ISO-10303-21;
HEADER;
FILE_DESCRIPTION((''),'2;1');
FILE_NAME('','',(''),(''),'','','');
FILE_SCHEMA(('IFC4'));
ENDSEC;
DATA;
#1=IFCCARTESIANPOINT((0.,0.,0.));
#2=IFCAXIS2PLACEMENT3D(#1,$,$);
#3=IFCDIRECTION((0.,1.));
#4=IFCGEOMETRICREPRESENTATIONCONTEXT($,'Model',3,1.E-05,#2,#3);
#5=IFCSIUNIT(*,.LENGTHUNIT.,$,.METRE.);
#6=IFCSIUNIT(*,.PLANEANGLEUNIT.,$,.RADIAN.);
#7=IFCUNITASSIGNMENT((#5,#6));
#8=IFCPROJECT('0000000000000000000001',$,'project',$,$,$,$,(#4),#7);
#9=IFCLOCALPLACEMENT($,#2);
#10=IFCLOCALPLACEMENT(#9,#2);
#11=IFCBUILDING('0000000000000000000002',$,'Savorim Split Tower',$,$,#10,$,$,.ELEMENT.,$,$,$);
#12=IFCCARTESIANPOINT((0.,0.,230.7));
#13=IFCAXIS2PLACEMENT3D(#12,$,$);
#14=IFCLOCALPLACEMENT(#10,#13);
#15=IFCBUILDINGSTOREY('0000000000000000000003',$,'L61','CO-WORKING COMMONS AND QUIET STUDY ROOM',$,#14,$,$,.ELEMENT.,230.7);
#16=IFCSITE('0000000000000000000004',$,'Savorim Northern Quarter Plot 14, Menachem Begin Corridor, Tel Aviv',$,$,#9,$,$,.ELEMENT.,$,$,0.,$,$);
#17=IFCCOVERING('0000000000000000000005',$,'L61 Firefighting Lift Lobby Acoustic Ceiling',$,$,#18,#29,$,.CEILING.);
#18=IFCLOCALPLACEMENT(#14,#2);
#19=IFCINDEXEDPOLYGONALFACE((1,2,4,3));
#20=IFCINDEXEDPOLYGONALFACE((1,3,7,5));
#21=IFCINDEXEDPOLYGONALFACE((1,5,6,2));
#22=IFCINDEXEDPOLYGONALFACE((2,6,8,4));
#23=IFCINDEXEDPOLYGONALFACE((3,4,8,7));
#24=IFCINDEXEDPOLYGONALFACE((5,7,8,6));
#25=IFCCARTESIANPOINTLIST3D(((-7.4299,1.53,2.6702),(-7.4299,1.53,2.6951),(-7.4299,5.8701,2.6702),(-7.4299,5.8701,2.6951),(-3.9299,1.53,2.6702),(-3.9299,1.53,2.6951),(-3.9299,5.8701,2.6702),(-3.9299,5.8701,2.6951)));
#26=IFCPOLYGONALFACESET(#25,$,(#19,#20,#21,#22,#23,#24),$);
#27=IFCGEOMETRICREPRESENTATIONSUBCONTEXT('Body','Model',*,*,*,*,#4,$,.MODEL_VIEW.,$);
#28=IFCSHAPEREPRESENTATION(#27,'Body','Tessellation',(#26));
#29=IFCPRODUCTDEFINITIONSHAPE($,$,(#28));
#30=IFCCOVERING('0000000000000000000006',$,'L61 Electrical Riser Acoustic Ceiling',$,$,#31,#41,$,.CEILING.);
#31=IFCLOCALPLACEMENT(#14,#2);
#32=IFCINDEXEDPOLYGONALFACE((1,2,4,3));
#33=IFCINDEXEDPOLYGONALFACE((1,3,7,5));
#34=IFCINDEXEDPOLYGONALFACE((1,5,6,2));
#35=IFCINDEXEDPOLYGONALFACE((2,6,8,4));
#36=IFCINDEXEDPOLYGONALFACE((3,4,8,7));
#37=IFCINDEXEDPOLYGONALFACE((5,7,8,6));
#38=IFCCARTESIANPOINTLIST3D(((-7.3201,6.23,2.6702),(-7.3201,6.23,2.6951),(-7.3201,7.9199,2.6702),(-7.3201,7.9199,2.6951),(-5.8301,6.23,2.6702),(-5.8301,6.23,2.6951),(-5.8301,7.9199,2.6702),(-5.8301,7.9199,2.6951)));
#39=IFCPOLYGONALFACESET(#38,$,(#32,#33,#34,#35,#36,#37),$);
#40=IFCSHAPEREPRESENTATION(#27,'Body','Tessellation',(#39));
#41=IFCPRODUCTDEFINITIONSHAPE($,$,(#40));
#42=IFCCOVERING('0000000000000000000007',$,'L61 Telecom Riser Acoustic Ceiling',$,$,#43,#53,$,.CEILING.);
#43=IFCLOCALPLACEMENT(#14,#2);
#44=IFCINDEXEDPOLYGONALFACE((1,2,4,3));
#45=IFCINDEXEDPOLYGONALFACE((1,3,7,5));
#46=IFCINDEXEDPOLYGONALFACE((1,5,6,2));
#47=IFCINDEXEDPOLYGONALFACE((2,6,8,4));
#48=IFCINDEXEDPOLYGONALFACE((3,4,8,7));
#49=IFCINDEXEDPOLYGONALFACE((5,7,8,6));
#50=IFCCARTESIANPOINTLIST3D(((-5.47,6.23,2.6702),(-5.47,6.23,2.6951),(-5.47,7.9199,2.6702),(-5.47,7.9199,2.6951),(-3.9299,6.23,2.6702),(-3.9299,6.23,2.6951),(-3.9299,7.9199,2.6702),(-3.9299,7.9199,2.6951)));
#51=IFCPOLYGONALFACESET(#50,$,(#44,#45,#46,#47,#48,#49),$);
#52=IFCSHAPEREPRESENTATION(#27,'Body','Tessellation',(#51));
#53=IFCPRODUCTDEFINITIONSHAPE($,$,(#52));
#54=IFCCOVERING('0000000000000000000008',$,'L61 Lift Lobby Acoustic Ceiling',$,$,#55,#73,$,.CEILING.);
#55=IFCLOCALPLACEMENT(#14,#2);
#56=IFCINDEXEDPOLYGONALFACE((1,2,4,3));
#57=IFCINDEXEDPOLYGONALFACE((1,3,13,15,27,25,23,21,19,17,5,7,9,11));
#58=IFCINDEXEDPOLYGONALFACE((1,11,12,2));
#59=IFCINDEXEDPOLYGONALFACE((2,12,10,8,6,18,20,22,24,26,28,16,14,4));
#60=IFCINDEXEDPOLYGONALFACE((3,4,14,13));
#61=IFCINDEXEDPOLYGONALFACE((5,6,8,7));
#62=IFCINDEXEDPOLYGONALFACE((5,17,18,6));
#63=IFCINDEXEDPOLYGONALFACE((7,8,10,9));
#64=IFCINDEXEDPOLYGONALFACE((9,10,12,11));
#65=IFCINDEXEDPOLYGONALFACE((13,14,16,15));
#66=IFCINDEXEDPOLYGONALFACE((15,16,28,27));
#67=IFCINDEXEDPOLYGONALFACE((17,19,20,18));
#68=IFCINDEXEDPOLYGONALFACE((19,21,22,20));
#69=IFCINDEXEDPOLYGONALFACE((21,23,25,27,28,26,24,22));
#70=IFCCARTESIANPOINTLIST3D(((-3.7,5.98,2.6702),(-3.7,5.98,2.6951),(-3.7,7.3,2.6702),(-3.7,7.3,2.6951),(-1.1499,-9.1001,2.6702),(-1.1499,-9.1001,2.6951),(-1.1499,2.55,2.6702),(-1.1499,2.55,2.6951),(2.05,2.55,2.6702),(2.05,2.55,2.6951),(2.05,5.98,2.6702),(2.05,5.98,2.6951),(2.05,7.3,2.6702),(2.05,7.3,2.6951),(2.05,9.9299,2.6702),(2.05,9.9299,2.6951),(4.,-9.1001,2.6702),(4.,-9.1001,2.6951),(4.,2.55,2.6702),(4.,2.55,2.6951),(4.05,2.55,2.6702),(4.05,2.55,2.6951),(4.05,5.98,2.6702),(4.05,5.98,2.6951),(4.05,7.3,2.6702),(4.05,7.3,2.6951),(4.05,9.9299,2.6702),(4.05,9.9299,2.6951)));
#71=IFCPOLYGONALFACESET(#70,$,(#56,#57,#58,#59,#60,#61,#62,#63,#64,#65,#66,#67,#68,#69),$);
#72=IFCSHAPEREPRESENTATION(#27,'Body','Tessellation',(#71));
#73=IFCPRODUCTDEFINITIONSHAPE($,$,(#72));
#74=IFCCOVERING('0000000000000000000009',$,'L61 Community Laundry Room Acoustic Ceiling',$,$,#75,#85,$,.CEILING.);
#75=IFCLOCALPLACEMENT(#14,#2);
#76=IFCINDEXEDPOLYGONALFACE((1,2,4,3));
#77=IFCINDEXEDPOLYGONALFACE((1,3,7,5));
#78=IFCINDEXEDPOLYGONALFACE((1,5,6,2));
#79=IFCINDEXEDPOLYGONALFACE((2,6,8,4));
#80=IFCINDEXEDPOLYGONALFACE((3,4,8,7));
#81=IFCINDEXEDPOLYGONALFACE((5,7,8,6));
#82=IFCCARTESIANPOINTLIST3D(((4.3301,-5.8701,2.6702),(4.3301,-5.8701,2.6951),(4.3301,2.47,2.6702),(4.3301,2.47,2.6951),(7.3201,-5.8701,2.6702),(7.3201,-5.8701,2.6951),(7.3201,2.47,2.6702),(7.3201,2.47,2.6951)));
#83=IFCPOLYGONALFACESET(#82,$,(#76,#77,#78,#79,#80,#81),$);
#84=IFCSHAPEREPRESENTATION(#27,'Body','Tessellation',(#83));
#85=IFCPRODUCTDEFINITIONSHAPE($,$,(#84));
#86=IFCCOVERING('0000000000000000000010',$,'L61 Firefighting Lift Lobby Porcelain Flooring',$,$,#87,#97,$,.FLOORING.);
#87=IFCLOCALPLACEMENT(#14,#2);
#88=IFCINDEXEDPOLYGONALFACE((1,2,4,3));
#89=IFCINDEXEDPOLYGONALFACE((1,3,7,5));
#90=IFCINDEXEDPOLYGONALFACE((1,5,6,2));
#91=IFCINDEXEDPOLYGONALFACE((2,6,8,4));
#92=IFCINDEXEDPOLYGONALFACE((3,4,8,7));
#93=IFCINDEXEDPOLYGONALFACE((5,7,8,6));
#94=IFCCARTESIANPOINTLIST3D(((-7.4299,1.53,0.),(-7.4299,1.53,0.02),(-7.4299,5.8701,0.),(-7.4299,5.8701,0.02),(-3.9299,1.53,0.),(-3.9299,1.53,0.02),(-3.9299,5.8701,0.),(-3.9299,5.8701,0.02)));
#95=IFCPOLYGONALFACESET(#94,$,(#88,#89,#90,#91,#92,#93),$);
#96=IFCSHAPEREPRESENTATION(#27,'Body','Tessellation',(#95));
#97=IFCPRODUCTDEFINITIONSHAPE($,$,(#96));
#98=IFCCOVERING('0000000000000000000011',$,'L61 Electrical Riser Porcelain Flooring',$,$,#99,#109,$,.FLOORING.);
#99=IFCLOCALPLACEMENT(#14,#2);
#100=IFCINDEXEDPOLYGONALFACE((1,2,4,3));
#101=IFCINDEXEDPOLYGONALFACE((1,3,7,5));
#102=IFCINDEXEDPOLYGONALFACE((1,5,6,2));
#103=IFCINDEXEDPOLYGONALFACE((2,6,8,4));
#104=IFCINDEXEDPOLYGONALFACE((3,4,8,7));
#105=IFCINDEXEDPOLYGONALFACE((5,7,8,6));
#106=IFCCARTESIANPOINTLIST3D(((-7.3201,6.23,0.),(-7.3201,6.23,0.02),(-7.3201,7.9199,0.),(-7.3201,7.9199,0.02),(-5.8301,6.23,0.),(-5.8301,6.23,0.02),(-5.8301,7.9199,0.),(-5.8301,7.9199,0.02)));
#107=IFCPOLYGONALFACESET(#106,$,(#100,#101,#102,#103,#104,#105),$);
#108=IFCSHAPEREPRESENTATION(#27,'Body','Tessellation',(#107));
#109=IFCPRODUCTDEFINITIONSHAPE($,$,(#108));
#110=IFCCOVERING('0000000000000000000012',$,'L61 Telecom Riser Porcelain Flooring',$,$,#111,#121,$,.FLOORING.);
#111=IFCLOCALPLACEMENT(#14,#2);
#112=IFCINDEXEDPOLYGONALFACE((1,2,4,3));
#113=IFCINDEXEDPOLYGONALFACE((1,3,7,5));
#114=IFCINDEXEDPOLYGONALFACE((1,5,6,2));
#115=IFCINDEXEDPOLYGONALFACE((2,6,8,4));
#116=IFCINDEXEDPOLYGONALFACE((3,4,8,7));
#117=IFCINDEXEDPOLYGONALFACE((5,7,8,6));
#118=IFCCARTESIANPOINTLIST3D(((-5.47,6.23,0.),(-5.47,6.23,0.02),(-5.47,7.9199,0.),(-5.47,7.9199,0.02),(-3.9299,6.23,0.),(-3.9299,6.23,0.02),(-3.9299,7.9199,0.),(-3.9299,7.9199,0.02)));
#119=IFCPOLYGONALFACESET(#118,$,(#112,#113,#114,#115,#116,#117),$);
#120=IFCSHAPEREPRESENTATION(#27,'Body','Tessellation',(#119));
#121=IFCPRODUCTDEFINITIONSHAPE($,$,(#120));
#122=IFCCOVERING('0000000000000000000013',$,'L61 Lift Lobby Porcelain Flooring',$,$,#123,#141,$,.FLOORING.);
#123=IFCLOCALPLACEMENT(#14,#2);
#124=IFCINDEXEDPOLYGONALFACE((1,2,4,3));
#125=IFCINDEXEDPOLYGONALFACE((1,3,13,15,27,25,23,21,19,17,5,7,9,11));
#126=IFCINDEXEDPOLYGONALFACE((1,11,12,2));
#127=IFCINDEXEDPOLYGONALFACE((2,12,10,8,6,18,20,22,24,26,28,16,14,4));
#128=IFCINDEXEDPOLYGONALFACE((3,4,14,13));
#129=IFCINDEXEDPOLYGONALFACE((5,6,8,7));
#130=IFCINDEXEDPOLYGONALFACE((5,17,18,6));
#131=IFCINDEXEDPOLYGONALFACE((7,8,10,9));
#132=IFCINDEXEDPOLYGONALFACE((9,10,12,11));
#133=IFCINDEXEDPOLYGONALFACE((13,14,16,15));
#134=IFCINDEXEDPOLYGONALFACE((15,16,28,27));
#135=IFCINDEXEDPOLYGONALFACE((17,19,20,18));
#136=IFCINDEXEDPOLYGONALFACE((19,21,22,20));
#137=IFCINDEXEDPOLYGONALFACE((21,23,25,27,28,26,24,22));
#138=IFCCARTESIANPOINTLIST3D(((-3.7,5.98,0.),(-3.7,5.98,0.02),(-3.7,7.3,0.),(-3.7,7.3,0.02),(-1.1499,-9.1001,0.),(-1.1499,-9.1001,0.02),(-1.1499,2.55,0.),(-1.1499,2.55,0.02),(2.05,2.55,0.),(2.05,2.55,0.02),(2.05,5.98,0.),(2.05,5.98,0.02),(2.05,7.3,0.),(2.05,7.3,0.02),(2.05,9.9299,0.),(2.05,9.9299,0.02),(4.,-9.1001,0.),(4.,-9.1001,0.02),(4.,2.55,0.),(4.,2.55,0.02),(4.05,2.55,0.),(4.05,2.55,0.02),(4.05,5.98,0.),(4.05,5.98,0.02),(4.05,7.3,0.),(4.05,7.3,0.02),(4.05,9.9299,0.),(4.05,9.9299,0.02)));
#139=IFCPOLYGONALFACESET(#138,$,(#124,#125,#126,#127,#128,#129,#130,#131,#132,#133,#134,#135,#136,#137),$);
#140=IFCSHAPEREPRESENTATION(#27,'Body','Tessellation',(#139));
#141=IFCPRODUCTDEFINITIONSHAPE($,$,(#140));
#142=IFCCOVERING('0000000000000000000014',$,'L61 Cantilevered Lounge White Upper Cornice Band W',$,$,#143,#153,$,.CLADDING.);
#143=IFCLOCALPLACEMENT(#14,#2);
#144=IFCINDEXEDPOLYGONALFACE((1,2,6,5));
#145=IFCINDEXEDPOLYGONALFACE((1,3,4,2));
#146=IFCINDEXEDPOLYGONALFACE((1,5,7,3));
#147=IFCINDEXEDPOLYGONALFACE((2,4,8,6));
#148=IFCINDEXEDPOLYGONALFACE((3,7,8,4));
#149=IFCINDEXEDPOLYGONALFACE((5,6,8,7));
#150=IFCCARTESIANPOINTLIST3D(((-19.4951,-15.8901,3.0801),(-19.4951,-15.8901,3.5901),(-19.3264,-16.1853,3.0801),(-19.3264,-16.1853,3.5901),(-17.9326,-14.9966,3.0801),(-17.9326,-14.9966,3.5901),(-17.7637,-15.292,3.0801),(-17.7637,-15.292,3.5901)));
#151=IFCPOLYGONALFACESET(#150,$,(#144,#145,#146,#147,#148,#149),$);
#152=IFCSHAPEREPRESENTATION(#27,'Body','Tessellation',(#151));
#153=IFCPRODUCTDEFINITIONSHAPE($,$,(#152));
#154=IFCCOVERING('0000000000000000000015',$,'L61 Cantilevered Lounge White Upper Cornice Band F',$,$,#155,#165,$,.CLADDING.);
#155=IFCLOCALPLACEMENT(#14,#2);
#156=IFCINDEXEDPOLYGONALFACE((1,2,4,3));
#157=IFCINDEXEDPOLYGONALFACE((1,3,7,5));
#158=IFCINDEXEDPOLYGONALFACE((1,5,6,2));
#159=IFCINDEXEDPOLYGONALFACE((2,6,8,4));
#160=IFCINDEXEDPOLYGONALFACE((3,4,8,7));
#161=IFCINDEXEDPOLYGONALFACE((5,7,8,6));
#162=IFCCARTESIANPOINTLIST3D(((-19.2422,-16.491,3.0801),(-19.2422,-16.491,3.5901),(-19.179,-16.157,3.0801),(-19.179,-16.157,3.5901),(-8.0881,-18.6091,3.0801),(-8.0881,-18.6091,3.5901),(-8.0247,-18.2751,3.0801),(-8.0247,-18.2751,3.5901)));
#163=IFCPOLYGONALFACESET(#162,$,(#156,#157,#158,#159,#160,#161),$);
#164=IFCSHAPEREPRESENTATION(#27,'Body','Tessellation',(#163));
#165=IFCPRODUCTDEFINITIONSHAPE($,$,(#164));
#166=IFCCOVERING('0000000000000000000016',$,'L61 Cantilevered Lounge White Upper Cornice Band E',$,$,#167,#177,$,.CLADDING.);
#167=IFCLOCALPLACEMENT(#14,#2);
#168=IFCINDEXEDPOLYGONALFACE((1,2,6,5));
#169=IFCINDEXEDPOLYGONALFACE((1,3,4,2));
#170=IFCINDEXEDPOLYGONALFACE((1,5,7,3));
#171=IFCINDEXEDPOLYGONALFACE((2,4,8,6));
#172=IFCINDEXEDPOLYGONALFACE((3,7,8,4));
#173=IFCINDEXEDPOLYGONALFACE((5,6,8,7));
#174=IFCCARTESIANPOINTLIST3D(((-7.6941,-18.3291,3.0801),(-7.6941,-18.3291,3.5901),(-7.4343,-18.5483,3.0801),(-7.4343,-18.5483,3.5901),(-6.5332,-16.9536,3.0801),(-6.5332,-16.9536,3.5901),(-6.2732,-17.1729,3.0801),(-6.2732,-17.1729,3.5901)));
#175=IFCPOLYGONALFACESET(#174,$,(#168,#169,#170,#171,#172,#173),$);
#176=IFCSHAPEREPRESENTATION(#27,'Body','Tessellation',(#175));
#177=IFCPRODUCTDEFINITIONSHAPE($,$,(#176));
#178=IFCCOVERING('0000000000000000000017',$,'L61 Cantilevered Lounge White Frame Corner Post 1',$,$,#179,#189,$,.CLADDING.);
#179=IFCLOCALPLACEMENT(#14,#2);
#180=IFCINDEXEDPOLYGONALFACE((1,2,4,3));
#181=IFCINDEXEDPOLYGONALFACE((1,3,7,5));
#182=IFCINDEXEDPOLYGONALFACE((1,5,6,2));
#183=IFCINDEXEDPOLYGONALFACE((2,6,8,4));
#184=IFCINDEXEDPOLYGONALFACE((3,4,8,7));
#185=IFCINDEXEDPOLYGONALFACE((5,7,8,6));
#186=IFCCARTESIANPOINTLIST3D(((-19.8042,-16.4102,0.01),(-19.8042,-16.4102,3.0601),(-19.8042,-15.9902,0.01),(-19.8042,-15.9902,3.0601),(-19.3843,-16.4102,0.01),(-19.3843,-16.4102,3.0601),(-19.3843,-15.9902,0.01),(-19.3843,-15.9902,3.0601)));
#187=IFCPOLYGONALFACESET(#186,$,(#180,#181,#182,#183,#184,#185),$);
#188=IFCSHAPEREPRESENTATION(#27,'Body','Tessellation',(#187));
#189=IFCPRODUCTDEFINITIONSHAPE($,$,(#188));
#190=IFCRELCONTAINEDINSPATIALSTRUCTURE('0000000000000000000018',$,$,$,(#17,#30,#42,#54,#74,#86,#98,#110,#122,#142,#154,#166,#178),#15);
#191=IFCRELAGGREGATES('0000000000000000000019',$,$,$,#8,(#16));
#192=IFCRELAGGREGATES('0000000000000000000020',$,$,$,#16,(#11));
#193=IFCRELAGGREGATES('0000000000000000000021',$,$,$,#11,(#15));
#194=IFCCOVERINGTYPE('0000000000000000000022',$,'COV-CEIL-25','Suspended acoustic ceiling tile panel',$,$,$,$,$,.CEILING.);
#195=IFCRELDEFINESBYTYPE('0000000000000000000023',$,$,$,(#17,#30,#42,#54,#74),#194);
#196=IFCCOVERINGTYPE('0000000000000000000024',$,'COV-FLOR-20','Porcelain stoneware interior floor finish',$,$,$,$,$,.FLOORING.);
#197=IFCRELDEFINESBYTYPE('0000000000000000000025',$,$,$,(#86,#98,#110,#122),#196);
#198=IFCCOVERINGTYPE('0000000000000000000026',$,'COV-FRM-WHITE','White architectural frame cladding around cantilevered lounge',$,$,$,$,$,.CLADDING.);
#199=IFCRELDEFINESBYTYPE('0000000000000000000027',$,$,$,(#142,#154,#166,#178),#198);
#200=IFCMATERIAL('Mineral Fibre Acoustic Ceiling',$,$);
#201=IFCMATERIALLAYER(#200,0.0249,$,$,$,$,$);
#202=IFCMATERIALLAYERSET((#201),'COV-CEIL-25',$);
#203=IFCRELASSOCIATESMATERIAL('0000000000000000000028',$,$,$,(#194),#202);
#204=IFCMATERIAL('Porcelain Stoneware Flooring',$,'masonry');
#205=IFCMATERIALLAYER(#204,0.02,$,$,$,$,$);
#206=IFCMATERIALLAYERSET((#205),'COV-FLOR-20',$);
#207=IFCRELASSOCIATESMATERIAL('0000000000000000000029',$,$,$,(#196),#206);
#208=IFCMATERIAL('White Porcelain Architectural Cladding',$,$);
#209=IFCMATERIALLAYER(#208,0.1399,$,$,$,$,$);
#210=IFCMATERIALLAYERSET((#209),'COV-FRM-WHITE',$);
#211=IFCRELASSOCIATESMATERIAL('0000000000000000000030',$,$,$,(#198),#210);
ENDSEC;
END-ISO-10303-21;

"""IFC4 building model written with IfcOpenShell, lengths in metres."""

from ifc_helpers import new_model, si_unit, direction, frame, origin, place, context, subcontext, project, spatial, polyline, outline, extrude, material, layer, layer_set, type_object, element, save


model = new_model("IFC4")

# Units and contexts
model_context = context("Model", 3, precision=1e-05, world=origin(), true_north=direction((0.0, 1.0)))
body_context = subcontext(model_context, "Body", "Model", "MODEL_VIEW")
ifc_project = project(units=[si_unit("LENGTHUNIT", "METRE"), si_unit("PLANEANGLEUNIT", "RADIAN")], contexts=[model_context])

# Site, building, storey
site_placement = place(None, origin())
site = spatial("IfcSite", under=ifc_project, at=site_placement, Name="Savorim Northern Quarter Plot 14, Menachem Begin Corridor, Tel Aviv", CompositionType="ELEMENT", RefElevation=0.0)
building_placement = place(site_placement, origin())
building = spatial("IfcBuilding", under=site, at=building_placement, Name="Savorim Split Tower", CompositionType="ELEMENT")
storey_placement = place(building_placement, frame((0.0, 0.0, 230.7)))
storey = spatial("IfcBuildingStorey", under=building, at=storey_placement, Name="L61", Description="CO-WORKING COMMONS AND QUIET STUDY ROOM", CompositionType="ELEMENT", Elevation=230.7)

# Coverings
ifc_material_1 = material(Name="Mineral Fibre Acoustic Ceiling")
ifc_layer_1 = layer(ifc_material_1, 0.0249)
ifc_layer_set_1 = layer_set([ifc_layer_1], Name="COV-CEIL-25")
covering_type_1 = type_object("IfcCoveringType", Name="COV-CEIL-25", Description="Suspended acoustic ceiling tile panel", PredefinedType="CEILING", material=ifc_layer_set_1)
covering_1_placement = place(storey_placement, frame((0.0, 0.0, 2.6702)))
element("IfcCovering", 1, at=covering_1_placement, inside=storey, type_object=covering_type_1, Name="L61 Firefighting Lift Lobby Acoustic Ceiling", PredefinedType="CEILING", context=body_context, shape_type="SweptSolid", body=[
    extrude(outline(polyline([(-7.4299, 5.8701), (-7.4299, 1.53), (-3.9299, 1.53), (-3.9299, 5.8701), (-7.4299, 5.8701)])), origin(), (0.0, 0.0, 1.0), 0.0249),
])
covering_2_placement = place(storey_placement, frame((0.0, 0.0, 2.6702)))
element("IfcCovering", 2, at=covering_2_placement, inside=storey, type_object=covering_type_1, Name="L61 Electrical Riser Acoustic Ceiling", PredefinedType="CEILING", context=body_context, shape_type="SweptSolid", body=[
    extrude(outline(polyline([(-7.3201, 7.9199), (-7.3201, 6.23), (-5.8301, 6.23), (-5.8301, 7.9199), (-7.3201, 7.9199)])), origin(), (0.0, 0.0, 1.0), 0.0249),
])
covering_3_placement = place(storey_placement, frame((0.0, 0.0, 2.6702)))
element("IfcCovering", 3, at=covering_3_placement, inside=storey, type_object=covering_type_1, Name="L61 Telecom Riser Acoustic Ceiling", PredefinedType="CEILING", context=body_context, shape_type="SweptSolid", body=[
    extrude(outline(polyline([(-5.47, 7.9199), (-5.47, 6.23), (-3.9299, 6.23), (-3.9299, 7.9199), (-5.47, 7.9199)])), origin(), (0.0, 0.0, 1.0), 0.0249),
])
covering_4_placement = place(storey_placement, frame((0.0, 0.0, 2.6702)))
element("IfcCovering", 4, at=covering_4_placement, inside=storey, type_object=covering_type_1, Name="L61 Lift Lobby Acoustic Ceiling", PredefinedType="CEILING", context=body_context, shape_type="SweptSolid", body=[
    extrude(outline(polyline([(2.05, 2.55), (-1.1499, 2.55), (-1.1499, -9.1001), (4.0, -9.1001), (4.0, 2.55), (4.05, 2.55), (4.05, 5.98), (4.05, 7.3), (4.05, 9.9299), (2.05, 9.9299), (2.05, 7.3), (-3.7, 7.3), (-3.7, 5.98), (2.05, 5.98), (2.05, 2.55)])), origin(), (0.0, 0.0, 1.0), 0.0249),
])
covering_5_placement = place(storey_placement, frame((0.0, 0.0, 2.6702)))
element("IfcCovering", 5, at=covering_5_placement, inside=storey, type_object=covering_type_1, Name="L61 Community Laundry Room Acoustic Ceiling", PredefinedType="CEILING", context=body_context, shape_type="SweptSolid", body=[
    extrude(outline(polyline([(4.3301, 2.47), (4.3301, -5.8701), (7.3201, -5.8701), (7.3201, 2.47), (4.3301, 2.47)])), origin(), (0.0, 0.0, 1.0), 0.0249),
])
ifc_material_2 = material(Name="Porcelain Stoneware Flooring", Category="masonry")
ifc_layer_2 = layer(ifc_material_2, 0.02)
ifc_layer_set_2 = layer_set([ifc_layer_2], Name="COV-FLOR-20")
covering_type_2 = type_object("IfcCoveringType", Name="COV-FLOR-20", Description="Porcelain stoneware interior floor finish", PredefinedType="FLOORING", material=ifc_layer_set_2)
covering_6_placement = place(storey_placement, origin())
element("IfcCovering", 6, at=covering_6_placement, inside=storey, type_object=covering_type_2, Name="L61 Firefighting Lift Lobby Porcelain Flooring", PredefinedType="FLOORING", context=body_context, shape_type="SweptSolid", body=[
    extrude(outline(polyline([(-7.4299, 5.8701), (-7.4299, 1.53), (-3.9299, 1.53), (-3.9299, 5.8701), (-7.4299, 5.8701)])), origin(), (0.0, 0.0, 1.0), 0.02),
])
covering_7_placement = place(storey_placement, origin())
element("IfcCovering", 7, at=covering_7_placement, inside=storey, type_object=covering_type_2, Name="L61 Electrical Riser Porcelain Flooring", PredefinedType="FLOORING", context=body_context, shape_type="SweptSolid", body=[
    extrude(outline(polyline([(-7.3201, 7.9199), (-7.3201, 6.23), (-5.8301, 6.23), (-5.8301, 7.9199), (-7.3201, 7.9199)])), origin(), (0.0, 0.0, 1.0), 0.02),
])
covering_8_placement = place(storey_placement, origin())
element("IfcCovering", 8, at=covering_8_placement, inside=storey, type_object=covering_type_2, Name="L61 Telecom Riser Porcelain Flooring", PredefinedType="FLOORING", context=body_context, shape_type="SweptSolid", body=[
    extrude(outline(polyline([(-5.47, 7.9199), (-5.47, 6.23), (-3.9299, 6.23), (-3.9299, 7.9199), (-5.47, 7.9199)])), origin(), (0.0, 0.0, 1.0), 0.02),
])
covering_9_placement = place(storey_placement, origin())
element("IfcCovering", 9, at=covering_9_placement, inside=storey, type_object=covering_type_2, Name="L61 Lift Lobby Porcelain Flooring", PredefinedType="FLOORING", context=body_context, shape_type="SweptSolid", body=[
    extrude(outline(polyline([(2.05, 2.55), (-1.1499, 2.55), (-1.1499, -9.1001), (4.0, -9.1001), (4.0, 2.55), (4.05, 2.55), (4.05, 5.98), (4.05, 7.3), (4.05, 9.9299), (2.05, 9.9299), (2.05, 7.3), (-3.7, 7.3), (-3.7, 5.98), (2.05, 5.98), (2.05, 2.55)])), origin(), (0.0, 0.0, 1.0), 0.02),
])
ifc_material_3 = material(Name="White Porcelain Architectural Cladding")
ifc_layer_3 = layer(ifc_material_3, 0.1399)
ifc_layer_set_3 = layer_set([ifc_layer_3], Name="COV-FRM-WHITE")
covering_type_3 = type_object("IfcCoveringType", Name="COV-FRM-WHITE", Description="White architectural frame cladding around cantilevered lounge", PredefinedType="CLADDING", material=ifc_layer_set_3)
covering_10_placement = place(storey_placement, frame((0.0, 0.0, 3.0801)))
element("IfcCovering", 10, at=covering_10_placement, inside=storey, type_object=covering_type_3, Name="L61 Cantilevered Lounge White Upper Cornice Band W", PredefinedType="CLADDING", context=body_context, shape_type="SweptSolid", body=[
    extrude(outline(polyline([(-17.9326, -14.9966), (-19.4951, -15.8901), (-19.3264, -16.1853), (-17.7637, -15.292), (-17.9326, -14.9966)])), origin(), (0.0, 0.0, 1.0), 0.51),
])
covering_11_placement = place(storey_placement, frame((0.0, 0.0, 3.0801)))
element("IfcCovering", 11, at=covering_11_placement, inside=storey, type_object=covering_type_3, Name="L61 Cantilevered Lounge White Upper Cornice Band F", PredefinedType="CLADDING", context=body_context, shape_type="SweptSolid", body=[
    extrude(outline(polyline([(-19.2422, -16.491), (-8.0881, -18.6091), (-8.0247, -18.2751), (-19.179, -16.157), (-19.2422, -16.491)])), origin(), (0.0, 0.0, 1.0), 0.51),
])
covering_12_placement = place(storey_placement, frame((0.0, 0.0, 3.0801)))
element("IfcCovering", 12, at=covering_12_placement, inside=storey, type_object=covering_type_3, Name="L61 Cantilevered Lounge White Upper Cornice Band E", PredefinedType="CLADDING", context=body_context, shape_type="SweptSolid", body=[
    extrude(outline(polyline([(-7.4343, -18.5483), (-6.2732, -17.1729), (-6.5332, -16.9536), (-7.6941, -18.3291), (-7.4343, -18.5483)])), origin(), (0.0, 0.0, 1.0), 0.51),
])
covering_13_placement = place(storey_placement, frame((0.0, 0.0, 0.01)))
element("IfcCovering", 13, at=covering_13_placement, inside=storey, type_object=covering_type_3, Name="L61 Cantilevered Lounge White Frame Corner Post 1", PredefinedType="CLADDING", context=body_context, shape_type="SweptSolid", body=[
    extrude(outline(polyline([(-19.8042, -16.4102), (-19.3843, -16.4102), (-19.3843, -15.9902), (-19.8042, -15.9902), (-19.8042, -16.4102)])), origin(), (0.0, 0.0, 1.0), 3.05),
])

save(model, "model.ifc")
